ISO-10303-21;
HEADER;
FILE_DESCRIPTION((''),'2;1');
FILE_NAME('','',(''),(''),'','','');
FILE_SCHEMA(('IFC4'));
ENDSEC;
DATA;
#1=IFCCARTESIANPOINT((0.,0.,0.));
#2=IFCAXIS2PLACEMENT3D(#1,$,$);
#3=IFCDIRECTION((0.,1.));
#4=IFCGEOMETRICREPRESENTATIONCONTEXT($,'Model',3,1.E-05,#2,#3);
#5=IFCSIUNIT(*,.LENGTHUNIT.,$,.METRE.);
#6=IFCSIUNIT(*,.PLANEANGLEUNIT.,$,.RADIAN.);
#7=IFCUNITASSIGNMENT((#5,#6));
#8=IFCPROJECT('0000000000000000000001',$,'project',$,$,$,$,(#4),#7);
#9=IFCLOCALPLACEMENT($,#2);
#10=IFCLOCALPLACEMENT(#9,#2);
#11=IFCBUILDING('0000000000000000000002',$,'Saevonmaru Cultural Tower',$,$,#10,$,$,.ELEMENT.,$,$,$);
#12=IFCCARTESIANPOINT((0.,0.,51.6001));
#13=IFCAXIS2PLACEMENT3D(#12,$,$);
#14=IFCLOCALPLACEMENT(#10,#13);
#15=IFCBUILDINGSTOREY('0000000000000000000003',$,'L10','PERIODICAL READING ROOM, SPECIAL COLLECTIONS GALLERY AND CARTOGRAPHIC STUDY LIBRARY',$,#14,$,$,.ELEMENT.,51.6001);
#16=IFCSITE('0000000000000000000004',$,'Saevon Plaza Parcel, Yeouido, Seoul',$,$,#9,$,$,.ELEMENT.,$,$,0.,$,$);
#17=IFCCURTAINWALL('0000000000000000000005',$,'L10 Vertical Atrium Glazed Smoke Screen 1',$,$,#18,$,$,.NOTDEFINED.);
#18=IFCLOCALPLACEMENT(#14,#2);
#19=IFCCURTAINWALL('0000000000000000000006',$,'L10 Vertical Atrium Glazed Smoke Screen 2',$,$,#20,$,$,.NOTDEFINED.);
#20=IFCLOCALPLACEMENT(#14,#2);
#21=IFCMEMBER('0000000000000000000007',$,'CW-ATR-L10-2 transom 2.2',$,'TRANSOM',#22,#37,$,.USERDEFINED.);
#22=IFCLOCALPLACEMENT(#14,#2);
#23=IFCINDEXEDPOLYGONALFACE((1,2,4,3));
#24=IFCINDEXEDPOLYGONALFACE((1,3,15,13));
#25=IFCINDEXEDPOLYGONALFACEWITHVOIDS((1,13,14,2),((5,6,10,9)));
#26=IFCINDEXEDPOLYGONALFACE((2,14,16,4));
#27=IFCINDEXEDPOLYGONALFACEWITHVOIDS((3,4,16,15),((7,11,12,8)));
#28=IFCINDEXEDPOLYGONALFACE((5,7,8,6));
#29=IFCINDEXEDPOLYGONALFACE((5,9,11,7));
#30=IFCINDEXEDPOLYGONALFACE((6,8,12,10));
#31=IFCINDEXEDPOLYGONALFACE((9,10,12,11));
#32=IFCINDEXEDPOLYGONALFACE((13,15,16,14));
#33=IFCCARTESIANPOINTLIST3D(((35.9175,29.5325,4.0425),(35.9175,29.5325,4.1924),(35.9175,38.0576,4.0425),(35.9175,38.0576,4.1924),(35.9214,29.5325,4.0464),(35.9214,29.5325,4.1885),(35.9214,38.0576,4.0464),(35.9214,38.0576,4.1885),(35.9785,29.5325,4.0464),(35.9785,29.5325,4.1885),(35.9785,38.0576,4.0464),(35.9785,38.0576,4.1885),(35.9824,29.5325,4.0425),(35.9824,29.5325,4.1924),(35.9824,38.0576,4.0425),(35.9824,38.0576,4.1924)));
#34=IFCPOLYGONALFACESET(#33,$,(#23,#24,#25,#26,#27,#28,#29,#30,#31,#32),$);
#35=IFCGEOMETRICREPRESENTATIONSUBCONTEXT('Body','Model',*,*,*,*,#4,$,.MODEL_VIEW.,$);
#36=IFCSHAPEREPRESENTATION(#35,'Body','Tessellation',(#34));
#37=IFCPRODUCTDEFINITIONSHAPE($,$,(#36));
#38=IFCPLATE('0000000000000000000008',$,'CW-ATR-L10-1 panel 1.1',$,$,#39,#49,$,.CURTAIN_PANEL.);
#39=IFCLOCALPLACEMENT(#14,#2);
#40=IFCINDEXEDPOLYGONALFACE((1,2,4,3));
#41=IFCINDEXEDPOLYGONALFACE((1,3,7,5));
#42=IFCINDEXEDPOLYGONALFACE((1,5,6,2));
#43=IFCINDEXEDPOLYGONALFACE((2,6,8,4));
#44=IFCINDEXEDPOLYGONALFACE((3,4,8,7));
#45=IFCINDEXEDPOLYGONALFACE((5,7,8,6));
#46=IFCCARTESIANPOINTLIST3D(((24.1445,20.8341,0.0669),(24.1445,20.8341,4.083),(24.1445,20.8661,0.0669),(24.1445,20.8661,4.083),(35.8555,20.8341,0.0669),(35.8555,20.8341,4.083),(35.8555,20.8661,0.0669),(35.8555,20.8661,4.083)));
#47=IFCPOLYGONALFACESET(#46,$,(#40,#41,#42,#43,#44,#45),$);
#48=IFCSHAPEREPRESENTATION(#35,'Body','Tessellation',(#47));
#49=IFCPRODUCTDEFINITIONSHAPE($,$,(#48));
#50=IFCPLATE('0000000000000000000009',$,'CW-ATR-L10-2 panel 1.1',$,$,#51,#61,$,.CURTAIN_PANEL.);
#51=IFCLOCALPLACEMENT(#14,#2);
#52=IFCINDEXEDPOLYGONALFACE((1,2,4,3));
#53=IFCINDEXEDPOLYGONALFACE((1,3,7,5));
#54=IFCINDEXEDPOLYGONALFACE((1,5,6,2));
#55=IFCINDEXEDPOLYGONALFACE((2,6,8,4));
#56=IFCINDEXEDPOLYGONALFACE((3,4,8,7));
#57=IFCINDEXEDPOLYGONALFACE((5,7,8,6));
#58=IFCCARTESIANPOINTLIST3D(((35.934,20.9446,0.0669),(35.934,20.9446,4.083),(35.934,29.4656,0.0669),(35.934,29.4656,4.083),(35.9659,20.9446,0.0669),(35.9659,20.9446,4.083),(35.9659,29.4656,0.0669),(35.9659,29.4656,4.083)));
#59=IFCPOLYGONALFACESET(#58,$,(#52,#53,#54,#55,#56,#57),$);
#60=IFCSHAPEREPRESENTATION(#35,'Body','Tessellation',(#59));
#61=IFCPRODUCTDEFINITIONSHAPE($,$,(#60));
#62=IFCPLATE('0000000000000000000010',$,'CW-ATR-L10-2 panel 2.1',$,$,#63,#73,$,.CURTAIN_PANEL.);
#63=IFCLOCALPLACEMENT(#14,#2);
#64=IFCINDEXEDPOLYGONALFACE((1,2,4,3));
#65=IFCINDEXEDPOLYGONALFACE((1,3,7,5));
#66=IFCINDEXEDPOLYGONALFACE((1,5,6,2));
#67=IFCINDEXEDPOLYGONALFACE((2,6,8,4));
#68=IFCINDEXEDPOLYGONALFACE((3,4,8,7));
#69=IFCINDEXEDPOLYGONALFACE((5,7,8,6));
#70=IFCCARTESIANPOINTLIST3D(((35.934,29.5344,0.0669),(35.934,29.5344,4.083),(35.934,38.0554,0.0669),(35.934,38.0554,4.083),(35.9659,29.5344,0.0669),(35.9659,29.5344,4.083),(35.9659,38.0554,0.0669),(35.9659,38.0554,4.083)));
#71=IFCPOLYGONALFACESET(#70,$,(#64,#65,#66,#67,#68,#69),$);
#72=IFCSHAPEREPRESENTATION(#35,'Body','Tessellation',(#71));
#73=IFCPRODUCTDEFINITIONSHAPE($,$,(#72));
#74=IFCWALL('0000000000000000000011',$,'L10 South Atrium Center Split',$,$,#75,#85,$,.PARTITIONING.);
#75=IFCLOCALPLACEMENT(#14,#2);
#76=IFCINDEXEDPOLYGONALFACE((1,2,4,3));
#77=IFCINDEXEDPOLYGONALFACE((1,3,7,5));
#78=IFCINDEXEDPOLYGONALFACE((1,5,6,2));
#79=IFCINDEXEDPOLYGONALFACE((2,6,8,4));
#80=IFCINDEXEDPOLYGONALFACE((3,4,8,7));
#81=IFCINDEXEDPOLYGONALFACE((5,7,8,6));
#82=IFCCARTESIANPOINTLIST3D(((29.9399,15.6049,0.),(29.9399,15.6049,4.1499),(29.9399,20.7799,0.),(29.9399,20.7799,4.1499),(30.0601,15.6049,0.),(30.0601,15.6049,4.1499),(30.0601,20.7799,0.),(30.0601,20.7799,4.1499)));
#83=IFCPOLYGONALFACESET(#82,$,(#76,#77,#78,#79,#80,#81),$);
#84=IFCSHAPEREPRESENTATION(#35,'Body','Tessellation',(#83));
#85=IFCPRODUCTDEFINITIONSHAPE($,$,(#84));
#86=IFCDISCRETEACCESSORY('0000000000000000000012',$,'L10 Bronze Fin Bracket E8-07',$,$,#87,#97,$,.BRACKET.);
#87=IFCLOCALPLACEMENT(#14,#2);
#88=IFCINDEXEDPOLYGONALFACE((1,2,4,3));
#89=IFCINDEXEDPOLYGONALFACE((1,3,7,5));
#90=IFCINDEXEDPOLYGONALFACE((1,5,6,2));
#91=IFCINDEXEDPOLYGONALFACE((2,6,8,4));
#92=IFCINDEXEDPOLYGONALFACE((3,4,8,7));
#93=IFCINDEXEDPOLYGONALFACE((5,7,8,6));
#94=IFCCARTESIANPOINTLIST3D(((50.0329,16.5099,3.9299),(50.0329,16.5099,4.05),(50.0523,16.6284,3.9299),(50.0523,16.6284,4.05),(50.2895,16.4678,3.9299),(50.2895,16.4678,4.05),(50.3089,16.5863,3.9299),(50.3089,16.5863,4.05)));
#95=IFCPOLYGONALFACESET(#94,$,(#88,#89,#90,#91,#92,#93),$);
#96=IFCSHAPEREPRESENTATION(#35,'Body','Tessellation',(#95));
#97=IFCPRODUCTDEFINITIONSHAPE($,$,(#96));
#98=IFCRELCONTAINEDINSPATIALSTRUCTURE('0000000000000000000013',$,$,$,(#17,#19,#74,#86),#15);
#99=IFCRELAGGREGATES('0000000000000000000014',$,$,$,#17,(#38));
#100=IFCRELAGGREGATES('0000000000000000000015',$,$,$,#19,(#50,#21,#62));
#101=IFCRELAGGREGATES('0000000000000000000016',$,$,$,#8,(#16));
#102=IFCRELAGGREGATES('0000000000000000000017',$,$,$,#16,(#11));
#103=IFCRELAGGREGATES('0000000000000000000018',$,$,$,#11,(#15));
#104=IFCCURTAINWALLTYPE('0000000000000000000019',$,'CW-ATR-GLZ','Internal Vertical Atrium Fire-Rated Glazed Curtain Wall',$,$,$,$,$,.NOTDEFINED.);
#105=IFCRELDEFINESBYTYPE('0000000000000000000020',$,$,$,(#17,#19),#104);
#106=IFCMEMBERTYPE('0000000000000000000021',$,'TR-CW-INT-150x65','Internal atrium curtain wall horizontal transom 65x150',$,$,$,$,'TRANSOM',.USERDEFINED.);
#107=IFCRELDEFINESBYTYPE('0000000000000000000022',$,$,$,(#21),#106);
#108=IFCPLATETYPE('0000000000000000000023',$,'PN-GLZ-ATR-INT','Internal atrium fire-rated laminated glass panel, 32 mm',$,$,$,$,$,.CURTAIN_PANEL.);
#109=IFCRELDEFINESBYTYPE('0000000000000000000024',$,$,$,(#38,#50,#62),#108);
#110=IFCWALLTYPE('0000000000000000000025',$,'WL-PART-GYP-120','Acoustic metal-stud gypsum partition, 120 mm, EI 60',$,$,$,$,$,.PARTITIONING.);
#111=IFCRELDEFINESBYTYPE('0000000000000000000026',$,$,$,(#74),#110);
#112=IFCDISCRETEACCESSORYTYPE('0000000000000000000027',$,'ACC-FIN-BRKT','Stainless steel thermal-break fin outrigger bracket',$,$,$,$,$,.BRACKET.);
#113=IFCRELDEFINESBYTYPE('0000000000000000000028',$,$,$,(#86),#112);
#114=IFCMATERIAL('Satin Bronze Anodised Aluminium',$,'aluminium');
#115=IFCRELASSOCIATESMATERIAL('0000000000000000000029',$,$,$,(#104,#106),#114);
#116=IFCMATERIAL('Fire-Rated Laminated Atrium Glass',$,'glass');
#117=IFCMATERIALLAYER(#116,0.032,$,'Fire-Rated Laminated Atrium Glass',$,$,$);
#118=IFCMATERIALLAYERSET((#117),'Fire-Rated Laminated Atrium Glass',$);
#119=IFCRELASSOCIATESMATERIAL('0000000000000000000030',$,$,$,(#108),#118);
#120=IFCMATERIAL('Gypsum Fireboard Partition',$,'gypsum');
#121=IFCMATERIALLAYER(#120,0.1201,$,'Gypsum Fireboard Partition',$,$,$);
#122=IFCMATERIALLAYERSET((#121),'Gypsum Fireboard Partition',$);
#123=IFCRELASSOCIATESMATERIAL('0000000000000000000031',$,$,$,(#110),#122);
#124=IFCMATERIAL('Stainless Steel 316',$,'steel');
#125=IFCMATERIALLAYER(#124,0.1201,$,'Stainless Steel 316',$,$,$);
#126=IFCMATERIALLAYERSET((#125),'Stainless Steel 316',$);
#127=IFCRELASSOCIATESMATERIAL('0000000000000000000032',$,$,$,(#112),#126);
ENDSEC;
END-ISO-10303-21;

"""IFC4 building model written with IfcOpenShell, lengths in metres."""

from ifc_helpers import new_model, si_unit, direction, frame, frame_2d, origin, origin_2d, place, context, subcontext, project, spatial, rectangle, hollow_rectangle, extrude, material, layer, layer_set, material_profile, profile_set, type_object, element, aggregate, save


model = new_model("IFC4")

# Units and contexts
model_context = context("Model", 3, precision=1e-05, world=origin(), true_north=direction((0.0, 1.0)))
body_context = subcontext(model_context, "Body", "Model", "MODEL_VIEW")
ifc_project = project(units=[si_unit("LENGTHUNIT", "METRE"), si_unit("PLANEANGLEUNIT", "RADIAN")], contexts=[model_context])

# Site, building, storey
site_placement = place(None, origin())
site = spatial("IfcSite", under=ifc_project, at=site_placement, Name="Saevon Plaza Parcel, Yeouido, Seoul", CompositionType="ELEMENT", RefElevation=0.0)
building_placement = place(site_placement, origin())
building = spatial("IfcBuilding", under=site, at=building_placement, Name="Saevonmaru Cultural Tower", CompositionType="ELEMENT")
storey_placement = place(building_placement, frame((0.0, 0.0, 51.6001)))
storey = spatial("IfcBuildingStorey", under=building, at=storey_placement, Name="L10", Description="PERIODICAL READING ROOM, SPECIAL COLLECTIONS GALLERY AND CARTOGRAPHIC STUDY LIBRARY", CompositionType="ELEMENT", Elevation=51.6001)

# Curtain wall
ifc_material_1 = material(Name="Satin Bronze Anodised Aluminium", Category="aluminium")
curtain_wall_type_1 = type_object("IfcCurtainWallType", Name="CW-ATR-GLZ", Description="Internal Vertical Atrium Fire-Rated Glazed Curtain Wall", PredefinedType="NOTDEFINED", material=ifc_material_1)
curtain_wall_1_placement = place(storey_placement, origin())
curtain_wall_1 = element("IfcCurtainWall", 1, at=curtain_wall_1_placement, inside=storey, type_object=curtain_wall_type_1, Name="L10 Vertical Atrium Glazed Smoke Screen 1", PredefinedType="NOTDEFINED")

# Curtain wall
curtain_wall_2_placement = place(storey_placement, origin())
curtain_wall_2 = element("IfcCurtainWall", 2, at=curtain_wall_2_placement, inside=storey, type_object=curtain_wall_type_1, Name="L10 Vertical Atrium Glazed Smoke Screen 2", PredefinedType="NOTDEFINED")

# Member
ifc_material_profile_1 = material_profile(ifc_material_1, hollow_rectangle(XDim=0.0649, YDim=0.1499, WallThickness=0.0039, at=origin_2d()), Name="ALU-TRAN-150x65x4")
ifc_profile_set_1 = profile_set([ifc_material_profile_1], Name="Satin Bronze Anodised Aluminium")
member_type_1 = type_object("IfcMemberType", Name="TR-CW-INT-150x65", Description="Internal atrium curtain wall horizontal transom 65x150", ElementType="TRANSOM", PredefinedType="USERDEFINED", material=ifc_profile_set_1)
member_1_placement = place(storey_placement, frame((35.95, 29.5325, 4.1174), z_axis=(0.0, 1.0, 0.0), x_axis=(-1.0, 0.0, 0.0)))
member_1 = element("IfcMember", 3, at=member_1_placement, type_object=member_type_1, Name="CW-ATR-L10-2 transom 2.2", ObjectType="TRANSOM", PredefinedType="USERDEFINED", context=body_context, shape_type="SweptSolid", body=[
    extrude(hollow_rectangle(XDim=0.0649, YDim=0.1499, WallThickness=0.0039, at=origin_2d()), origin(), (0.0, 0.0, 1.0), 8.5251),
])

# Plates
ifc_material_2 = material(Name="Fire-Rated Laminated Atrium Glass", Category="glass")
ifc_layer_1 = layer(ifc_material_2, 0.032, Name="Fire-Rated Laminated Atrium Glass")
ifc_layer_set_1 = layer_set([ifc_layer_1], Name="Fire-Rated Laminated Atrium Glass")
plate_type = type_object("IfcPlateType", Name="PN-GLZ-ATR-INT", Description="Internal atrium fire-rated laminated glass panel, 32 mm", PredefinedType="CURTAIN_PANEL", material=ifc_layer_set_1)
plate_1_placement = place(storey_placement, frame((30.0, 20.8501, 0.0669), z_axis=(0.0, 0.0, 1.0), x_axis=(1.0, 0.0, 0.0)))
plate_1 = element("IfcPlate", 4, at=plate_1_placement, type_object=plate_type, Name="CW-ATR-L10-1 panel 1.1", PredefinedType="CURTAIN_PANEL", context=body_context, shape_type="SweptSolid", body=[
    extrude(rectangle(XDim=11.7109, YDim=0.032, at=origin_2d()), origin(), (0.0, 0.0, 1.0), 4.0161),
])
aggregate(curtain_wall_1, [plate_1])
plate_2_placement = place(storey_placement, frame((35.95, 25.2051, 0.0669), z_axis=(0.0, 0.0, 1.0), x_axis=(0.0, 1.0, 0.0)))
plate_2 = element("IfcPlate", 5, at=plate_2_placement, type_object=plate_type, Name="CW-ATR-L10-2 panel 1.1", PredefinedType="CURTAIN_PANEL", context=body_context, shape_type="SweptSolid", body=[
    extrude(rectangle(XDim=8.521, YDim=0.032, at=origin_2d()), origin(), (0.0, 0.0, 1.0), 4.0161),
])
plate_3_placement = place(storey_placement, frame((35.95, 33.7949, 0.0669), z_axis=(0.0, 0.0, 1.0), x_axis=(0.0, 1.0, 0.0)))
plate_3 = element("IfcPlate", 6, at=plate_3_placement, type_object=plate_type, Name="CW-ATR-L10-2 panel 2.1", PredefinedType="CURTAIN_PANEL", context=body_context, shape_type="SweptSolid", body=[
    extrude(rectangle(XDim=8.521, YDim=0.032, at=origin_2d()), origin(), (0.0, 0.0, 1.0), 4.0161),
])
aggregate(curtain_wall_2, [plate_2, member_1, plate_3])

# Wall
ifc_material_3 = material(Name="Gypsum Fireboard Partition", Category="gypsum")
ifc_layer_2 = layer(ifc_material_3, 0.1201, Name="Gypsum Fireboard Partition")
ifc_layer_set_2 = layer_set([ifc_layer_2], Name="Gypsum Fireboard Partition")
wall_type = type_object("IfcWallType", Name="WL-PART-GYP-120", Description="Acoustic metal-stud gypsum partition, 120 mm, EI 60", PredefinedType="PARTITIONING", material=ifc_layer_set_2)
wall_placement = place(storey_placement, frame((30.0, 15.605, 0.0), z_axis=(0.0, 0.0, 1.0), x_axis=(0.0, 1.0, 0.0)))
element("IfcWall", 7, at=wall_placement, inside=storey, type_object=wall_type, Name="L10 South Atrium Center Split", PredefinedType="PARTITIONING", context=body_context, shape_type="SweptSolid", body=[
    extrude(rectangle(XDim=5.175, YDim=0.1201, at=frame_2d((2.5874, 0.0))), origin(), (0.0, 0.0, 1.0), 4.1499),
])

# Discrete accessory
ifc_material_4 = material(Name="Stainless Steel 316", Category="steel")
ifc_layer_3 = layer(ifc_material_4, 0.1201, Name="Stainless Steel 316")
ifc_layer_set_3 = layer_set([ifc_layer_3], Name="Stainless Steel 316")
discrete_accessory_type = type_object("IfcDiscreteAccessoryType", Name="ACC-FIN-BRKT", Description="Stainless steel thermal-break fin outrigger bracket", PredefinedType="BRACKET", material=ifc_layer_set_3)
discrete_accessory_placement = place(storey_placement, frame((50.1709, 16.5481, 3.9299), z_axis=(0.0, 0.0, 1.0), x_axis=(0.986827, -0.161776, 0.0)))
element("IfcDiscreteAccessory", 8, at=discrete_accessory_placement, inside=storey, type_object=discrete_accessory_type, Name="L10 Bronze Fin Bracket E8-07", PredefinedType="BRACKET", context=body_context, shape_type="SweptSolid", body=[
    extrude(rectangle(XDim=0.26, YDim=0.1201, at=origin_2d()), origin(), (0.0, 0.0, 1.0), 0.1201),
])

save(model, "model.ifc")
